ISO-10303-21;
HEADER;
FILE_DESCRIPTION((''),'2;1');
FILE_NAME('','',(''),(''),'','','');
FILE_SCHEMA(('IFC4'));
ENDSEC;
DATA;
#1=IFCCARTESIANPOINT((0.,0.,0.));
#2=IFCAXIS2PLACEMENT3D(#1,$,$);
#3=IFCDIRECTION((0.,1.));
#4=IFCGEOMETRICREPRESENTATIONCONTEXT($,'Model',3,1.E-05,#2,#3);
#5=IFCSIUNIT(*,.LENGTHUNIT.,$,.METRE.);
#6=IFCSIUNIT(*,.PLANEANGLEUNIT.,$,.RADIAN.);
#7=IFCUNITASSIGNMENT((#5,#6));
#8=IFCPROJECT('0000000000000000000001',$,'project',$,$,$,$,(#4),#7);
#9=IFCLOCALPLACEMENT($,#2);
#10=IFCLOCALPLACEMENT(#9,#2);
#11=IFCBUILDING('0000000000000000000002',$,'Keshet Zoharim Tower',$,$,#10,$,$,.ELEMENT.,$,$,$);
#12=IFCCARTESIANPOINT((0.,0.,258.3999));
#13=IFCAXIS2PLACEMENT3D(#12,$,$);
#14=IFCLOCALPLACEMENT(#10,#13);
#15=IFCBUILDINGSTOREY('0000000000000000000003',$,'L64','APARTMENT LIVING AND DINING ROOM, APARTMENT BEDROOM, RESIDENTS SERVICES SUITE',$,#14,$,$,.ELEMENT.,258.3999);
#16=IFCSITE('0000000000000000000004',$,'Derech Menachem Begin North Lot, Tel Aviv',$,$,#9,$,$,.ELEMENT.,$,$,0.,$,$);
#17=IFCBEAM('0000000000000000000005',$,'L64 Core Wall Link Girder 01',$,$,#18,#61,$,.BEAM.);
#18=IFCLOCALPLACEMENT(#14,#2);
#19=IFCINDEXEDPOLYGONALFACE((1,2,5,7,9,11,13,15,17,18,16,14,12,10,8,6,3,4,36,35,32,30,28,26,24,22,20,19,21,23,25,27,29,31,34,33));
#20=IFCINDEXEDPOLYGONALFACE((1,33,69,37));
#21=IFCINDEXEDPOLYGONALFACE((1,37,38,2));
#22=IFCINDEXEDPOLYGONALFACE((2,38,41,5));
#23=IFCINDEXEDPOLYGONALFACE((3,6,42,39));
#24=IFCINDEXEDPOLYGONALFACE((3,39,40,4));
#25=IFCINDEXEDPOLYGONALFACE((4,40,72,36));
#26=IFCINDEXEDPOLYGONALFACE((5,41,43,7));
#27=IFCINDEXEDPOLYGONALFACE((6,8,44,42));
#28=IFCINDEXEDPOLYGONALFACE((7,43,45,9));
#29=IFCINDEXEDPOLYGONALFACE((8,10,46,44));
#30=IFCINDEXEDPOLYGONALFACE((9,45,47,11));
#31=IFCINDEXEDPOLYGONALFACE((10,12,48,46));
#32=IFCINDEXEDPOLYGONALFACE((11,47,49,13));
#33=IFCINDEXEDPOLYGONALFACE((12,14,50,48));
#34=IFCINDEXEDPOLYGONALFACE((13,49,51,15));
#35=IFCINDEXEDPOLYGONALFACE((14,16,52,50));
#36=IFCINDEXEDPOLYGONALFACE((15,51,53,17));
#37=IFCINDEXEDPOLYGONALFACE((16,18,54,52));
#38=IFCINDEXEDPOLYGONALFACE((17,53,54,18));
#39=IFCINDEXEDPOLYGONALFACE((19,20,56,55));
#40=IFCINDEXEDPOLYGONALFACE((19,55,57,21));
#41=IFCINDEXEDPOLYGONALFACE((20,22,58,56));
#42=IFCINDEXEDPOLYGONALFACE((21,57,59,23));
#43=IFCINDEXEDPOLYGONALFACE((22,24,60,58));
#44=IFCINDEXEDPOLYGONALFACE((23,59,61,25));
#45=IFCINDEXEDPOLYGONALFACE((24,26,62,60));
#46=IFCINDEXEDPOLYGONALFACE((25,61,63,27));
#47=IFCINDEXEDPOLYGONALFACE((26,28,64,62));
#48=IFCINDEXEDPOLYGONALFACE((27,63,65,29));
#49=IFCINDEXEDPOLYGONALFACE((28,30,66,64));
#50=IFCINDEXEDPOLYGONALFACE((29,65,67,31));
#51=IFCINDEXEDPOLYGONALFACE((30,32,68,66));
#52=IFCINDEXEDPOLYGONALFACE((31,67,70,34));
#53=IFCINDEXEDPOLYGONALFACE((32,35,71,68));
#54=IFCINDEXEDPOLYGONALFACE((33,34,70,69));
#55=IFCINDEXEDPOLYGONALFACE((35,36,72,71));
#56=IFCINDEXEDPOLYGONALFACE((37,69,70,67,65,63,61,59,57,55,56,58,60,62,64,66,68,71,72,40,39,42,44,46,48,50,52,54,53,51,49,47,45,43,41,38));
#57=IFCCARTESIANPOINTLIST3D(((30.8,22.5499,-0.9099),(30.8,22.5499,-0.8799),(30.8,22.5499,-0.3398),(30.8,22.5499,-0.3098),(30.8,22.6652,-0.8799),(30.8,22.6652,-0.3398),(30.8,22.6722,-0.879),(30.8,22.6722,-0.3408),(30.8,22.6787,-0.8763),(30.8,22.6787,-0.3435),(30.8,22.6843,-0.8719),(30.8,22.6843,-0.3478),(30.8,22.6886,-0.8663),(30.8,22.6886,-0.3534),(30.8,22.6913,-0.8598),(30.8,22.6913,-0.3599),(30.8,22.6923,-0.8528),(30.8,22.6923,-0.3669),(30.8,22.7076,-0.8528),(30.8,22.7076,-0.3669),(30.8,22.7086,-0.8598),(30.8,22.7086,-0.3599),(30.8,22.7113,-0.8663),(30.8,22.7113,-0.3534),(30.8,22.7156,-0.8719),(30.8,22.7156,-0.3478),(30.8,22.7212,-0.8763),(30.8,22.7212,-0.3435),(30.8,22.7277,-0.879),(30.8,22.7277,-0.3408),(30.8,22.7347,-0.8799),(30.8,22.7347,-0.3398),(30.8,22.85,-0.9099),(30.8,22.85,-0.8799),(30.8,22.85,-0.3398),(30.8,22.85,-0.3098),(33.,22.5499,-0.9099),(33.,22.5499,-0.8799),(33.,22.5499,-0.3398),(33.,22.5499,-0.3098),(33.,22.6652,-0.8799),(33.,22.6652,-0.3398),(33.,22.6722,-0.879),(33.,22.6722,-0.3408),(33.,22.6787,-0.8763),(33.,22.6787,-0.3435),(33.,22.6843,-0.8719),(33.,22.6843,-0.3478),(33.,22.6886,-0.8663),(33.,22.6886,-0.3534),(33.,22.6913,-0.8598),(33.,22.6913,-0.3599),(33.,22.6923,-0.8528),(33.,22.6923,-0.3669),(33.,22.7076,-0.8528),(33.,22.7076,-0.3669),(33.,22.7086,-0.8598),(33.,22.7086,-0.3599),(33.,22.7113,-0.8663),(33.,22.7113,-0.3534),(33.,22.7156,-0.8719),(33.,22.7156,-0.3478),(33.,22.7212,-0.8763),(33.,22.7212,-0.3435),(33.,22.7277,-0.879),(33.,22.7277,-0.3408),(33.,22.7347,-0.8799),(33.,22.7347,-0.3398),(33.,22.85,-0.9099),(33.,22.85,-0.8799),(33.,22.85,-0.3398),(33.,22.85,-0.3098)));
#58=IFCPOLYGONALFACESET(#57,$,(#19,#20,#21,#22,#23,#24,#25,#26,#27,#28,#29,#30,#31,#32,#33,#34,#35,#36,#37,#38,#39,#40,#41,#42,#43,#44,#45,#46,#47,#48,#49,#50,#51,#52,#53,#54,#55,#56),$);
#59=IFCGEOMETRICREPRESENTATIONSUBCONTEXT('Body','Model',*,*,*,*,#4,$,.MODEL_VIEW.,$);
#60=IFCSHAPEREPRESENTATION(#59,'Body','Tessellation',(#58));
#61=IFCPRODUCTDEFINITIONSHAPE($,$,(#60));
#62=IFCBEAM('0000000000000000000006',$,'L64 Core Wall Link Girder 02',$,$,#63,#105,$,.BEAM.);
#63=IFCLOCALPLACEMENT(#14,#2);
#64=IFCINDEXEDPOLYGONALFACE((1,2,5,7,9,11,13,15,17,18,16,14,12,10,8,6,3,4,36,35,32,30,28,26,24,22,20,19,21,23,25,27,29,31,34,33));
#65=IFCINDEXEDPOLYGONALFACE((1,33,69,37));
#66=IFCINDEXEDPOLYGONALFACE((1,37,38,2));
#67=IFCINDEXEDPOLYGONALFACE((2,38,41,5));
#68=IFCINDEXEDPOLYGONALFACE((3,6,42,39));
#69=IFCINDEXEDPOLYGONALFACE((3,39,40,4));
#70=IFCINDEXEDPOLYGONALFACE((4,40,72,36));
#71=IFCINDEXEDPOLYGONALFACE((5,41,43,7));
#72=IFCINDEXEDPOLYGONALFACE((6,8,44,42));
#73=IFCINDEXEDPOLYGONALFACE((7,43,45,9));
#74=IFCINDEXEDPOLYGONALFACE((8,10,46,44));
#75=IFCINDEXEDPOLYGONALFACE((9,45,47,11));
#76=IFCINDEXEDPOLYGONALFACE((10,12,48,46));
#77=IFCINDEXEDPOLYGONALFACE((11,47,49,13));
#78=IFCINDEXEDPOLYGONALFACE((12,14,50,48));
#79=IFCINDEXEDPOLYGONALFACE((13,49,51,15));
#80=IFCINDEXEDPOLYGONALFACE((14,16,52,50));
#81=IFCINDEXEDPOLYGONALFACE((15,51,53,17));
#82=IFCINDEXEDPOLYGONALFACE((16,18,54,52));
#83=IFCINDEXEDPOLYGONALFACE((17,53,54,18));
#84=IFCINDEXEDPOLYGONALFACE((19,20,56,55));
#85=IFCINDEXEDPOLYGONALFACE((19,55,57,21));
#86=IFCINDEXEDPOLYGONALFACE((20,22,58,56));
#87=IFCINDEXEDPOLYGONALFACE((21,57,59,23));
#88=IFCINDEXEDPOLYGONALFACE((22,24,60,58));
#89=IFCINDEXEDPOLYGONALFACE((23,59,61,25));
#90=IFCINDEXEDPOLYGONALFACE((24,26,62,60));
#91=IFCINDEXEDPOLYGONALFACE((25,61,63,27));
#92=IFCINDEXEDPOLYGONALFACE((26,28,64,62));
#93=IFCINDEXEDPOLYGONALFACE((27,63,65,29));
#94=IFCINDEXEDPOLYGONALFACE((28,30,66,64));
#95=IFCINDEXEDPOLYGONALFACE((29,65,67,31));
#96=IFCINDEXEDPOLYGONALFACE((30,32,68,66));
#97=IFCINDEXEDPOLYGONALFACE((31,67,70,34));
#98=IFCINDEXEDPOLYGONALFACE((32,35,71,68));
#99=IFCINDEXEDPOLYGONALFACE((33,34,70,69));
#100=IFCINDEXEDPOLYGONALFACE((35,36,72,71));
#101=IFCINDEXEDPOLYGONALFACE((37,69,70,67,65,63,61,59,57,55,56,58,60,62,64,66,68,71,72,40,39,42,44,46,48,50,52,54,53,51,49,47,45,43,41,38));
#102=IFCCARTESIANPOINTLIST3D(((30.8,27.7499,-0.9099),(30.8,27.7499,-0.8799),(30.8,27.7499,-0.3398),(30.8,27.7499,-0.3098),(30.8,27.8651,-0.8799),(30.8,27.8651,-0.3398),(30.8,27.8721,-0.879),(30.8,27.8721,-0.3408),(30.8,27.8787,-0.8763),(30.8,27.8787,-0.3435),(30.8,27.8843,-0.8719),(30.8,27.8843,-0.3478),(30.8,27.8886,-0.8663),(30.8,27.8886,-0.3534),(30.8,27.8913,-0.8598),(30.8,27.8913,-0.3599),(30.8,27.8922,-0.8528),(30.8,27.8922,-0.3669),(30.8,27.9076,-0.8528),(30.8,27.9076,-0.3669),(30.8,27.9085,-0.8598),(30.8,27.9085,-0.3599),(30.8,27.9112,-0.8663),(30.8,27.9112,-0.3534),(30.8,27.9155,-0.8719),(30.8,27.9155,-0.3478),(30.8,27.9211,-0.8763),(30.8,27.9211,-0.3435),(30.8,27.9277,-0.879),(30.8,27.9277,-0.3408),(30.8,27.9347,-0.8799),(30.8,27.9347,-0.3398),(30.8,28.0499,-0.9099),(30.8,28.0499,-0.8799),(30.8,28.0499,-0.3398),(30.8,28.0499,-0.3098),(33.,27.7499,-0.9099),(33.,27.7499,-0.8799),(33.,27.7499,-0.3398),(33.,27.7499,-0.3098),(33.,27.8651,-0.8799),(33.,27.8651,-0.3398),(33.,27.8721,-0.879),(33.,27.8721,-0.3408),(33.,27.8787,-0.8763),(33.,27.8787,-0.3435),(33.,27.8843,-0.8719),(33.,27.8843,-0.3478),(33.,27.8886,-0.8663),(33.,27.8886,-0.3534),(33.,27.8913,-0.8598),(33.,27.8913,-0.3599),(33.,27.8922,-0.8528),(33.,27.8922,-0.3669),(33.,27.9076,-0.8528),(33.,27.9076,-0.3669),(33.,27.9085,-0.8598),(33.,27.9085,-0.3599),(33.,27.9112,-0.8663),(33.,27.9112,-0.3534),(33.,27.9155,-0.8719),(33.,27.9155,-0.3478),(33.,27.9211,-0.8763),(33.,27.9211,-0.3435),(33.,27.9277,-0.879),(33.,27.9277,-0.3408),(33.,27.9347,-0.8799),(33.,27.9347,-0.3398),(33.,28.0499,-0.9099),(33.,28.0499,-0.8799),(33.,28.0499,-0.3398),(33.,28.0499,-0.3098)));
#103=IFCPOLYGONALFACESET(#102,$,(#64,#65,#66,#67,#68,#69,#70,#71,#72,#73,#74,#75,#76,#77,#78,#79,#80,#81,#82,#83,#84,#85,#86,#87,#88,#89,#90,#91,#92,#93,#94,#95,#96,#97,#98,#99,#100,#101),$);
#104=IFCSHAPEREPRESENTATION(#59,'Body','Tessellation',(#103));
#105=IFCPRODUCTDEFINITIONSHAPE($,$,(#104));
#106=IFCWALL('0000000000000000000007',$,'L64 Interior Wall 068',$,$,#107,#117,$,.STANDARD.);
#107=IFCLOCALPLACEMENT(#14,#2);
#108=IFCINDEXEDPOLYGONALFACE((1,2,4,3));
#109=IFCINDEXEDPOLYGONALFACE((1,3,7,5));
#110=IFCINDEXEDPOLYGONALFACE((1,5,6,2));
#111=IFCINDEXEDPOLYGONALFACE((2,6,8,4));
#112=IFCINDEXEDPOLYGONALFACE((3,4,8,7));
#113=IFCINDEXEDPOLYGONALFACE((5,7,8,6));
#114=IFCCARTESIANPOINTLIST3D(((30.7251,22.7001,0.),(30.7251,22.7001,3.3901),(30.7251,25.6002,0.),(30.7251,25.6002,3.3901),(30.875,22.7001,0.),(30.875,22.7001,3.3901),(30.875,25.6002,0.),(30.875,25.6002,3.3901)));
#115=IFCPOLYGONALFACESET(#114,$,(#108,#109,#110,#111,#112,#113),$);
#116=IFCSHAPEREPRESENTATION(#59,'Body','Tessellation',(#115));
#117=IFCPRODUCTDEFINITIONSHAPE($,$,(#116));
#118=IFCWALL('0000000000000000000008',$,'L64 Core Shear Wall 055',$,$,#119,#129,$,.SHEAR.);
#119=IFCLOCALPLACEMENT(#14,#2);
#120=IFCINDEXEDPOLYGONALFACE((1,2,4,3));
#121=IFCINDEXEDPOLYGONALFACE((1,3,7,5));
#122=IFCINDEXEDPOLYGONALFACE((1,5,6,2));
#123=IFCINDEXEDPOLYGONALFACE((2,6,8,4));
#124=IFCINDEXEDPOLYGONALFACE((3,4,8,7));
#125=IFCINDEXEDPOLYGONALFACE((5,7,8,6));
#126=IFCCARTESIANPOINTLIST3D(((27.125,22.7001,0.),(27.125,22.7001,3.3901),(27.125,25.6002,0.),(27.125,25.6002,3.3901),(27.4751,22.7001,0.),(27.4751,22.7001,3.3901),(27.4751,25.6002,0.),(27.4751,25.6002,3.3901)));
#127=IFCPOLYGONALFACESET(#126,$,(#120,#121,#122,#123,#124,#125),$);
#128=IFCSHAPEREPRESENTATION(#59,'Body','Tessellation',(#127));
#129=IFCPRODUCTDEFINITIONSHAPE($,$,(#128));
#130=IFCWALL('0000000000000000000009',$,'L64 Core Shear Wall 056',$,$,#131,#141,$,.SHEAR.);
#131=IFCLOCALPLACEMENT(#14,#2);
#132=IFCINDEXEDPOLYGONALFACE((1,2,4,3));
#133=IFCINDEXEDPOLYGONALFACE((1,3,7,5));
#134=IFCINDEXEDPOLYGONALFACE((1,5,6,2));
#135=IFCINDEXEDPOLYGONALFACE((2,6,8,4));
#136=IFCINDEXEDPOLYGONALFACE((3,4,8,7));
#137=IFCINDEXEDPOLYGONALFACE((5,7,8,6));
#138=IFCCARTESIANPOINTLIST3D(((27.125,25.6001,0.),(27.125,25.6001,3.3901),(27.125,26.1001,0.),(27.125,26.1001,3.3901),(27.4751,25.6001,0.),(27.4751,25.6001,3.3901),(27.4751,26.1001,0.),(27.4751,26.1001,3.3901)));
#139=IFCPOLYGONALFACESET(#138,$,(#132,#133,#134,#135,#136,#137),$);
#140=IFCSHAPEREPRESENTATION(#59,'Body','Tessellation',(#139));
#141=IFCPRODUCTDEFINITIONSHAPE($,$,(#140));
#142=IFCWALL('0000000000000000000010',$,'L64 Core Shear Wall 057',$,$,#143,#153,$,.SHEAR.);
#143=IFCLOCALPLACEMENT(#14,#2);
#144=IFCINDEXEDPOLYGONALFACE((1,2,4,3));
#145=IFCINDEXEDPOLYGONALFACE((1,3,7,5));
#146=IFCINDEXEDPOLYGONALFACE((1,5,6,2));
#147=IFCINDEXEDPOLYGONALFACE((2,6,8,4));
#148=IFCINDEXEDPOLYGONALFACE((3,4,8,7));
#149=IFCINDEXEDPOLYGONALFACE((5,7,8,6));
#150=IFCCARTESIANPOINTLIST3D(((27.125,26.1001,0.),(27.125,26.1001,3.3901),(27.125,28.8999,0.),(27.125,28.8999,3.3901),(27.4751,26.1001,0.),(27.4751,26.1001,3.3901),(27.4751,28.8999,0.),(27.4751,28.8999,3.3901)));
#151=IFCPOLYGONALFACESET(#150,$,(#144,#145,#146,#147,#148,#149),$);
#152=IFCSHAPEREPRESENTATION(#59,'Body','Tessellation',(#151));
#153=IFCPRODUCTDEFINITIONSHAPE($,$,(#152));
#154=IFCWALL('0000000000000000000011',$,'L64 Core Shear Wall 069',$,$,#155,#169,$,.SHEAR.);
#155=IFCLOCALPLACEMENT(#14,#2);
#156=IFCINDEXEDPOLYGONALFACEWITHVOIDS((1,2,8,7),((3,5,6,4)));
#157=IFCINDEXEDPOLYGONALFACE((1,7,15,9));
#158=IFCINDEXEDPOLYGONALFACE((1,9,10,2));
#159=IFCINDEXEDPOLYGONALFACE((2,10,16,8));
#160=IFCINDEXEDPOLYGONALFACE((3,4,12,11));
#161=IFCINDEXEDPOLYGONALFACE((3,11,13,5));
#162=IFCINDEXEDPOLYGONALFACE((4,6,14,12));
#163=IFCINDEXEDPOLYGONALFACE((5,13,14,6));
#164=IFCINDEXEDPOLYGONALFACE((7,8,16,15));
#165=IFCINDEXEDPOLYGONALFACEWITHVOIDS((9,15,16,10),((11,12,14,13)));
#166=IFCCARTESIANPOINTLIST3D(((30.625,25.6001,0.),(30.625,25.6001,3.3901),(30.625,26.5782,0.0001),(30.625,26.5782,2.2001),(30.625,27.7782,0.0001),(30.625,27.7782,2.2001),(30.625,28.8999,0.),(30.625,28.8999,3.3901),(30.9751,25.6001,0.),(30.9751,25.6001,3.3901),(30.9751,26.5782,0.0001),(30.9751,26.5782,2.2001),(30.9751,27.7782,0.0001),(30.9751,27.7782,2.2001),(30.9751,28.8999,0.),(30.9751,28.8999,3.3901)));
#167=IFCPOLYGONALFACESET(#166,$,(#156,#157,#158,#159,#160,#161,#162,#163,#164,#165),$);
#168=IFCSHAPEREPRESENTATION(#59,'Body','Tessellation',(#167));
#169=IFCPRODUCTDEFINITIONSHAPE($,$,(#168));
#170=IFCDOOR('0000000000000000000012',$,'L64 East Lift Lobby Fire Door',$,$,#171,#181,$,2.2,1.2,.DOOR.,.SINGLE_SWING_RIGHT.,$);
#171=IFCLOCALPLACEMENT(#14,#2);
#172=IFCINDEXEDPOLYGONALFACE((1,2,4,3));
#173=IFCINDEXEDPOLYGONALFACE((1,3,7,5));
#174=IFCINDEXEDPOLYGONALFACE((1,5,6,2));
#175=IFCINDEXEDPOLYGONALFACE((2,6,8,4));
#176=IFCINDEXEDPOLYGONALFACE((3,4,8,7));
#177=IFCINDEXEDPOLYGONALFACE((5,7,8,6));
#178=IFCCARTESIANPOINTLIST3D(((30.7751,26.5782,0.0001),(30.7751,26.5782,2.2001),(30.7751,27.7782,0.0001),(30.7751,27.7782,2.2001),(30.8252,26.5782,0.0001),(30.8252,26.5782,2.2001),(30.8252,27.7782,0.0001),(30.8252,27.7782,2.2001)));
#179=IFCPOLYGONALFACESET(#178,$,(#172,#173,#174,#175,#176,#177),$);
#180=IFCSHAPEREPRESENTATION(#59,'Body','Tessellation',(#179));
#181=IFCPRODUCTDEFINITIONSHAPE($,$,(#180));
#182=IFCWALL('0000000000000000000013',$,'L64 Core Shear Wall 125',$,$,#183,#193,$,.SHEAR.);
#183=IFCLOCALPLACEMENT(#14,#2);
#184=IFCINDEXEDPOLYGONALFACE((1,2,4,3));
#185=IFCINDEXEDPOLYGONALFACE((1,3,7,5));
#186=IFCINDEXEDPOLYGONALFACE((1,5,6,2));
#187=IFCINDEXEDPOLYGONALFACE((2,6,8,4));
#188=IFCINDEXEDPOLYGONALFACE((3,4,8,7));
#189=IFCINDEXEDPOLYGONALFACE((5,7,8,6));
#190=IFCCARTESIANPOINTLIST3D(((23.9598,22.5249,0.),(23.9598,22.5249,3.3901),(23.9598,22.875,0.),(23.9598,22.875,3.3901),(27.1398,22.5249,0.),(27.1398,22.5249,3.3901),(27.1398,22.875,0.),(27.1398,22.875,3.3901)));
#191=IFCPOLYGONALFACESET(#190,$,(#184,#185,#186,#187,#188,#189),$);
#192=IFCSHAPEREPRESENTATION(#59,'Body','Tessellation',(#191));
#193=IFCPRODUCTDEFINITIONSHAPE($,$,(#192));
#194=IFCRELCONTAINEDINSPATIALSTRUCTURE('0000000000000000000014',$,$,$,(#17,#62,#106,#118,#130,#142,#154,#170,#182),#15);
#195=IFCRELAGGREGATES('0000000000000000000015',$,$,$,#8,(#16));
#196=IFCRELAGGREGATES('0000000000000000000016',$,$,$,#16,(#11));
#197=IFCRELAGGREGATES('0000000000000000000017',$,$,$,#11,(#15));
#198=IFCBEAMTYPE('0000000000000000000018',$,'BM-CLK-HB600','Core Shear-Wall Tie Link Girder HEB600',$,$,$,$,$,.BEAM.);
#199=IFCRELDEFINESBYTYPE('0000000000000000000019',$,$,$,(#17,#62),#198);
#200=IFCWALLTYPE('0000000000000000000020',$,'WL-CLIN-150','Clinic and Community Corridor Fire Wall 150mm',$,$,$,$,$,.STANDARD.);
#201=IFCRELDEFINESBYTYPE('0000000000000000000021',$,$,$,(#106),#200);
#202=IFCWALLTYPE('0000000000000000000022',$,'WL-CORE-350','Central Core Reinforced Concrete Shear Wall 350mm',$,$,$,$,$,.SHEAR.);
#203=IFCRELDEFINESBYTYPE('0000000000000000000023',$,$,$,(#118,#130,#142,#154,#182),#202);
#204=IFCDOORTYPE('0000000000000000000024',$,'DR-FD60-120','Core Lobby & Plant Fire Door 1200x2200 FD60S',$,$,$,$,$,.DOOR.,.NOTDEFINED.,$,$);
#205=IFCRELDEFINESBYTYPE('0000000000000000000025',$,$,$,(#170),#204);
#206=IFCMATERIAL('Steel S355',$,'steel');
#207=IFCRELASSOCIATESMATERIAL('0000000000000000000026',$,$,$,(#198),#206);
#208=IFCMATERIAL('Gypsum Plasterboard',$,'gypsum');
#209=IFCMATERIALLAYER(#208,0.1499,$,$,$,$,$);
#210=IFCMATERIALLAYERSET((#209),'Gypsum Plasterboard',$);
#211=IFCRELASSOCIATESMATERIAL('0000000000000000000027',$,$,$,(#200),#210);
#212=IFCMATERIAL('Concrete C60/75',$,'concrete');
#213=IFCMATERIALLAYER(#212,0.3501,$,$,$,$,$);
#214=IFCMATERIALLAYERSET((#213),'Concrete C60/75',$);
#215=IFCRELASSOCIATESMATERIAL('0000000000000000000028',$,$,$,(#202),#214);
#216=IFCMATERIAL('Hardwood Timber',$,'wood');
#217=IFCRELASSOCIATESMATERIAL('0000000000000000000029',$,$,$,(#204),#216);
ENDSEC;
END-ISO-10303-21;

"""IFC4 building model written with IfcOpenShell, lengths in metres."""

from ifc_helpers import new_model, si_unit, direction, frame, frame_2d, origin, origin_2d, place, context, subcontext, project, spatial, rectangle, i_section, extrude, material, layer, layer_set, material_profile, profile_set, type_object, element, fill, save


model = new_model("IFC4")

# Units and contexts
model_context = context("Model", 3, precision=1e-05, world=origin(), true_north=direction((0.0, 1.0)))
body_context = subcontext(model_context, "Body", "Model", "MODEL_VIEW")
ifc_project = project(units=[si_unit("LENGTHUNIT", "METRE"), si_unit("PLANEANGLEUNIT", "RADIAN")], contexts=[model_context])

# Site, building, storey
site_placement = place(None, origin())
site = spatial("IfcSite", under=ifc_project, at=site_placement, Name="Derech Menachem Begin North Lot, Tel Aviv", CompositionType="ELEMENT", RefElevation=0.0)
building_placement = place(site_placement, origin())
building = spatial("IfcBuilding", under=site, at=building_placement, Name="Keshet Zoharim Tower", CompositionType="ELEMENT")
storey_placement = place(building_placement, frame((0.0, 0.0, 258.3999)))
storey = spatial("IfcBuildingStorey", under=building, at=storey_placement, Name="L64", Description="APARTMENT LIVING AND DINING ROOM, APARTMENT BEDROOM, RESIDENTS SERVICES SUITE", CompositionType="ELEMENT", Elevation=258.3999)

# Beams
ifc_material_1 = material(Name="Steel S355", Category="steel")
ifc_material_profile = material_profile(ifc_material_1, i_section(OverallWidth=0.3, OverallDepth=0.6001, WebThickness=0.0154, FlangeThickness=0.03, FilletRadius=0.0271, at=origin_2d()), Name="HEB600")
ifc_profile_set = profile_set([ifc_material_profile], Name="Steel S355")
beam_type = type_object("IfcBeamType", Name="BM-CLK-HB600", Description="Core Shear-Wall Tie Link Girder HEB600", PredefinedType="BEAM", material=ifc_profile_set)
for number, where, z_axis, x_axis, name in (
    (1, (30.8, 22.7, -0.6099), (1.0, 0.0, 0.0), (0.0, 1.0, 0.0), "L64 Core Wall Link Girder 01"),
    (2, (30.8, 27.8999, -0.6099), (1.0, 0.0, 0.0), (0.0, 1.0, 0.0), "L64 Core Wall Link Girder 02"),
):
    element("IfcBeam", number, at=place(storey_placement, frame(where, z_axis=z_axis, x_axis=x_axis)), inside=storey, type_object=beam_type, Name=name, PredefinedType="BEAM", context=body_context, shape_type="SweptSolid", body=[
        extrude(i_section(OverallWidth=0.3, OverallDepth=0.6001, WebThickness=0.0154, FlangeThickness=0.03, FilletRadius=0.0271, at=origin_2d()), origin(), (0.0, 0.0, 1.0), 2.2),
    ])

# Wall
ifc_material_2 = material(Name="Gypsum Plasterboard", Category="gypsum")
ifc_layer_1 = layer(ifc_material_2, 0.1499)
ifc_layer_set_1 = layer_set([ifc_layer_1], Name="Gypsum Plasterboard")
wall_type_1 = type_object("IfcWallType", Name="WL-CLIN-150", Description="Clinic and Community Corridor Fire Wall 150mm", PredefinedType="STANDARD", material=ifc_layer_set_1)
wall_1_placement = place(storey_placement, frame((30.8, 22.7, 0.0), z_axis=(0.0, 0.0, 1.0), x_axis=(0.0, 1.0, 0.0)))
element("IfcWall", 3, at=wall_1_placement, inside=storey, type_object=wall_type_1, Name="L64 Interior Wall 068", PredefinedType="STANDARD", context=body_context, shape_type="SweptSolid", body=[
    extrude(rectangle(XDim=2.9001, YDim=0.1499, at=frame_2d((1.4502, 0.0))), origin(), (0.0, 0.0, 1.0), 3.3901),
])

# Shared definitions
ifc_material_3 = material(Name="Concrete C60/75", Category="concrete")
ifc_layer_2 = layer(ifc_material_3, 0.3501)
ifc_layer_set_2 = layer_set([ifc_layer_2], Name="Concrete C60/75")
wall_type_2 = type_object("IfcWallType", Name="WL-CORE-350", Description="Central Core Reinforced Concrete Shear Wall 350mm", PredefinedType="SHEAR", material=ifc_layer_set_2)
ifc_material_4 = material(Name="Hardwood Timber", Category="wood")

# Walls
wall_2_placement = place(storey_placement, frame((27.3, 22.7, 0.0), z_axis=(0.0, 0.0, 1.0), x_axis=(0.0, 1.0, 0.0)))
element("IfcWall", 4, at=wall_2_placement, inside=storey, type_object=wall_type_2, Name="L64 Core Shear Wall 055", PredefinedType="SHEAR", context=body_context, shape_type="SweptSolid", body=[
    extrude(rectangle(XDim=2.9001, YDim=0.3501, at=frame_2d((1.4502, 0.0))), origin(), (0.0, 0.0, 1.0), 3.3901),
])
wall_3_placement = place(storey_placement, frame((27.3, 25.6001, 0.0), z_axis=(0.0, 0.0, 1.0), x_axis=(0.0, 1.0, 0.0)))
element("IfcWall", 5, at=wall_3_placement, inside=storey, type_object=wall_type_2, Name="L64 Core Shear Wall 056", PredefinedType="SHEAR", context=body_context, shape_type="SweptSolid", body=[
    extrude(rectangle(XDim=0.5, YDim=0.3501, at=frame_2d((0.25, 0.0))), origin(), (0.0, 0.0, 1.0), 3.3901),
])
wall_4_placement = place(storey_placement, frame((27.3, 26.1001, 0.0), z_axis=(0.0, 0.0, 1.0), x_axis=(0.0, 1.0, 0.0)))
element("IfcWall", 6, at=wall_4_placement, inside=storey, type_object=wall_type_2, Name="L64 Core Shear Wall 057", PredefinedType="SHEAR", context=body_context, shape_type="SweptSolid", body=[
    extrude(rectangle(XDim=2.7998, YDim=0.3501, at=frame_2d((1.3999, 0.0))), origin(), (0.0, 0.0, 1.0), 3.3901),
])

# Wall, opening, door
wall_5_placement = place(storey_placement, frame((30.8, 25.6001, 0.0), z_axis=(0.0, 0.0, 1.0), x_axis=(0.0, 1.0, 0.0)))
wall_5 = element("IfcWall", 7, at=wall_5_placement, inside=storey, type_object=wall_type_2, Name="L64 Core Shear Wall 069", PredefinedType="SHEAR", context=body_context, shape_type="SweptSolid", body=[
    extrude(rectangle(XDim=3.2998, YDim=0.3501, at=frame_2d((1.6499, 0.0))), origin(), (0.0, 0.0, 1.0), 3.3901),
])
opening_1_placement = place(wall_5_placement, frame((0.978, 0.0, 0.0)))
opening_1 = element("IfcOpeningElement", 8, at=opening_1_placement, cuts=wall_5, PredefinedType="OPENING", context=body_context, shape_type="SweptSolid", body=[
    extrude(rectangle(XDim=1.2, YDim=2.2, at=frame_2d((0.6001, 1.1001))), frame((0.0, 0.1851, 0.0), z_axis=(0.0, -1.0, 0.0), x_axis=(1.0, 0.0, 0.0)), (0.0, 0.0, 1.0), 0.3701),
])
door_type_1 = type_object("IfcDoorType", Name="DR-FD60-120", Description="Core Lobby & Plant Fire Door 1200x2200 FD60S", OperationType="NOTDEFINED", PredefinedType="DOOR", material=ifc_material_4)
door_1_placement = place(opening_1_placement, origin())
door_1 = element("IfcDoor", 9, at=door_1_placement, inside=storey, type_object=door_type_1, Name="L64 East Lift Lobby Fire Door", OperationType="SINGLE_SWING_RIGHT", OverallHeight=2.2, OverallWidth=1.2, PredefinedType="DOOR", context=body_context, shape_type="SweptSolid", body=[
    extrude(rectangle(XDim=1.2, YDim=2.2, at=frame_2d((0.6001, 1.1001))), frame((0.0, 0.0249, 0.0), z_axis=(0.0, -1.0, 0.0), x_axis=(1.0, 0.0, 0.0)), (0.0, 0.0, 1.0), 0.05),
])
fill(opening_1, door_1)

# Wall
wall_6_placement = place(storey_placement, frame((23.96, 22.7, 0.0), z_axis=(0.0, 0.0, 1.0), x_axis=(1.0, 0.0, 0.0)))
element("IfcWall", 10, at=wall_6_placement, inside=storey, type_object=wall_type_2, Name="L64 Core Shear Wall 125", PredefinedType="SHEAR", context=body_context, shape_type="SweptSolid", body=[
    extrude(rectangle(XDim=3.1799, YDim=0.3501, at=frame_2d((1.5898, 0.0))), origin(), (0.0, 0.0, 1.0), 3.3901),
])

save(model, "model.ifc")
